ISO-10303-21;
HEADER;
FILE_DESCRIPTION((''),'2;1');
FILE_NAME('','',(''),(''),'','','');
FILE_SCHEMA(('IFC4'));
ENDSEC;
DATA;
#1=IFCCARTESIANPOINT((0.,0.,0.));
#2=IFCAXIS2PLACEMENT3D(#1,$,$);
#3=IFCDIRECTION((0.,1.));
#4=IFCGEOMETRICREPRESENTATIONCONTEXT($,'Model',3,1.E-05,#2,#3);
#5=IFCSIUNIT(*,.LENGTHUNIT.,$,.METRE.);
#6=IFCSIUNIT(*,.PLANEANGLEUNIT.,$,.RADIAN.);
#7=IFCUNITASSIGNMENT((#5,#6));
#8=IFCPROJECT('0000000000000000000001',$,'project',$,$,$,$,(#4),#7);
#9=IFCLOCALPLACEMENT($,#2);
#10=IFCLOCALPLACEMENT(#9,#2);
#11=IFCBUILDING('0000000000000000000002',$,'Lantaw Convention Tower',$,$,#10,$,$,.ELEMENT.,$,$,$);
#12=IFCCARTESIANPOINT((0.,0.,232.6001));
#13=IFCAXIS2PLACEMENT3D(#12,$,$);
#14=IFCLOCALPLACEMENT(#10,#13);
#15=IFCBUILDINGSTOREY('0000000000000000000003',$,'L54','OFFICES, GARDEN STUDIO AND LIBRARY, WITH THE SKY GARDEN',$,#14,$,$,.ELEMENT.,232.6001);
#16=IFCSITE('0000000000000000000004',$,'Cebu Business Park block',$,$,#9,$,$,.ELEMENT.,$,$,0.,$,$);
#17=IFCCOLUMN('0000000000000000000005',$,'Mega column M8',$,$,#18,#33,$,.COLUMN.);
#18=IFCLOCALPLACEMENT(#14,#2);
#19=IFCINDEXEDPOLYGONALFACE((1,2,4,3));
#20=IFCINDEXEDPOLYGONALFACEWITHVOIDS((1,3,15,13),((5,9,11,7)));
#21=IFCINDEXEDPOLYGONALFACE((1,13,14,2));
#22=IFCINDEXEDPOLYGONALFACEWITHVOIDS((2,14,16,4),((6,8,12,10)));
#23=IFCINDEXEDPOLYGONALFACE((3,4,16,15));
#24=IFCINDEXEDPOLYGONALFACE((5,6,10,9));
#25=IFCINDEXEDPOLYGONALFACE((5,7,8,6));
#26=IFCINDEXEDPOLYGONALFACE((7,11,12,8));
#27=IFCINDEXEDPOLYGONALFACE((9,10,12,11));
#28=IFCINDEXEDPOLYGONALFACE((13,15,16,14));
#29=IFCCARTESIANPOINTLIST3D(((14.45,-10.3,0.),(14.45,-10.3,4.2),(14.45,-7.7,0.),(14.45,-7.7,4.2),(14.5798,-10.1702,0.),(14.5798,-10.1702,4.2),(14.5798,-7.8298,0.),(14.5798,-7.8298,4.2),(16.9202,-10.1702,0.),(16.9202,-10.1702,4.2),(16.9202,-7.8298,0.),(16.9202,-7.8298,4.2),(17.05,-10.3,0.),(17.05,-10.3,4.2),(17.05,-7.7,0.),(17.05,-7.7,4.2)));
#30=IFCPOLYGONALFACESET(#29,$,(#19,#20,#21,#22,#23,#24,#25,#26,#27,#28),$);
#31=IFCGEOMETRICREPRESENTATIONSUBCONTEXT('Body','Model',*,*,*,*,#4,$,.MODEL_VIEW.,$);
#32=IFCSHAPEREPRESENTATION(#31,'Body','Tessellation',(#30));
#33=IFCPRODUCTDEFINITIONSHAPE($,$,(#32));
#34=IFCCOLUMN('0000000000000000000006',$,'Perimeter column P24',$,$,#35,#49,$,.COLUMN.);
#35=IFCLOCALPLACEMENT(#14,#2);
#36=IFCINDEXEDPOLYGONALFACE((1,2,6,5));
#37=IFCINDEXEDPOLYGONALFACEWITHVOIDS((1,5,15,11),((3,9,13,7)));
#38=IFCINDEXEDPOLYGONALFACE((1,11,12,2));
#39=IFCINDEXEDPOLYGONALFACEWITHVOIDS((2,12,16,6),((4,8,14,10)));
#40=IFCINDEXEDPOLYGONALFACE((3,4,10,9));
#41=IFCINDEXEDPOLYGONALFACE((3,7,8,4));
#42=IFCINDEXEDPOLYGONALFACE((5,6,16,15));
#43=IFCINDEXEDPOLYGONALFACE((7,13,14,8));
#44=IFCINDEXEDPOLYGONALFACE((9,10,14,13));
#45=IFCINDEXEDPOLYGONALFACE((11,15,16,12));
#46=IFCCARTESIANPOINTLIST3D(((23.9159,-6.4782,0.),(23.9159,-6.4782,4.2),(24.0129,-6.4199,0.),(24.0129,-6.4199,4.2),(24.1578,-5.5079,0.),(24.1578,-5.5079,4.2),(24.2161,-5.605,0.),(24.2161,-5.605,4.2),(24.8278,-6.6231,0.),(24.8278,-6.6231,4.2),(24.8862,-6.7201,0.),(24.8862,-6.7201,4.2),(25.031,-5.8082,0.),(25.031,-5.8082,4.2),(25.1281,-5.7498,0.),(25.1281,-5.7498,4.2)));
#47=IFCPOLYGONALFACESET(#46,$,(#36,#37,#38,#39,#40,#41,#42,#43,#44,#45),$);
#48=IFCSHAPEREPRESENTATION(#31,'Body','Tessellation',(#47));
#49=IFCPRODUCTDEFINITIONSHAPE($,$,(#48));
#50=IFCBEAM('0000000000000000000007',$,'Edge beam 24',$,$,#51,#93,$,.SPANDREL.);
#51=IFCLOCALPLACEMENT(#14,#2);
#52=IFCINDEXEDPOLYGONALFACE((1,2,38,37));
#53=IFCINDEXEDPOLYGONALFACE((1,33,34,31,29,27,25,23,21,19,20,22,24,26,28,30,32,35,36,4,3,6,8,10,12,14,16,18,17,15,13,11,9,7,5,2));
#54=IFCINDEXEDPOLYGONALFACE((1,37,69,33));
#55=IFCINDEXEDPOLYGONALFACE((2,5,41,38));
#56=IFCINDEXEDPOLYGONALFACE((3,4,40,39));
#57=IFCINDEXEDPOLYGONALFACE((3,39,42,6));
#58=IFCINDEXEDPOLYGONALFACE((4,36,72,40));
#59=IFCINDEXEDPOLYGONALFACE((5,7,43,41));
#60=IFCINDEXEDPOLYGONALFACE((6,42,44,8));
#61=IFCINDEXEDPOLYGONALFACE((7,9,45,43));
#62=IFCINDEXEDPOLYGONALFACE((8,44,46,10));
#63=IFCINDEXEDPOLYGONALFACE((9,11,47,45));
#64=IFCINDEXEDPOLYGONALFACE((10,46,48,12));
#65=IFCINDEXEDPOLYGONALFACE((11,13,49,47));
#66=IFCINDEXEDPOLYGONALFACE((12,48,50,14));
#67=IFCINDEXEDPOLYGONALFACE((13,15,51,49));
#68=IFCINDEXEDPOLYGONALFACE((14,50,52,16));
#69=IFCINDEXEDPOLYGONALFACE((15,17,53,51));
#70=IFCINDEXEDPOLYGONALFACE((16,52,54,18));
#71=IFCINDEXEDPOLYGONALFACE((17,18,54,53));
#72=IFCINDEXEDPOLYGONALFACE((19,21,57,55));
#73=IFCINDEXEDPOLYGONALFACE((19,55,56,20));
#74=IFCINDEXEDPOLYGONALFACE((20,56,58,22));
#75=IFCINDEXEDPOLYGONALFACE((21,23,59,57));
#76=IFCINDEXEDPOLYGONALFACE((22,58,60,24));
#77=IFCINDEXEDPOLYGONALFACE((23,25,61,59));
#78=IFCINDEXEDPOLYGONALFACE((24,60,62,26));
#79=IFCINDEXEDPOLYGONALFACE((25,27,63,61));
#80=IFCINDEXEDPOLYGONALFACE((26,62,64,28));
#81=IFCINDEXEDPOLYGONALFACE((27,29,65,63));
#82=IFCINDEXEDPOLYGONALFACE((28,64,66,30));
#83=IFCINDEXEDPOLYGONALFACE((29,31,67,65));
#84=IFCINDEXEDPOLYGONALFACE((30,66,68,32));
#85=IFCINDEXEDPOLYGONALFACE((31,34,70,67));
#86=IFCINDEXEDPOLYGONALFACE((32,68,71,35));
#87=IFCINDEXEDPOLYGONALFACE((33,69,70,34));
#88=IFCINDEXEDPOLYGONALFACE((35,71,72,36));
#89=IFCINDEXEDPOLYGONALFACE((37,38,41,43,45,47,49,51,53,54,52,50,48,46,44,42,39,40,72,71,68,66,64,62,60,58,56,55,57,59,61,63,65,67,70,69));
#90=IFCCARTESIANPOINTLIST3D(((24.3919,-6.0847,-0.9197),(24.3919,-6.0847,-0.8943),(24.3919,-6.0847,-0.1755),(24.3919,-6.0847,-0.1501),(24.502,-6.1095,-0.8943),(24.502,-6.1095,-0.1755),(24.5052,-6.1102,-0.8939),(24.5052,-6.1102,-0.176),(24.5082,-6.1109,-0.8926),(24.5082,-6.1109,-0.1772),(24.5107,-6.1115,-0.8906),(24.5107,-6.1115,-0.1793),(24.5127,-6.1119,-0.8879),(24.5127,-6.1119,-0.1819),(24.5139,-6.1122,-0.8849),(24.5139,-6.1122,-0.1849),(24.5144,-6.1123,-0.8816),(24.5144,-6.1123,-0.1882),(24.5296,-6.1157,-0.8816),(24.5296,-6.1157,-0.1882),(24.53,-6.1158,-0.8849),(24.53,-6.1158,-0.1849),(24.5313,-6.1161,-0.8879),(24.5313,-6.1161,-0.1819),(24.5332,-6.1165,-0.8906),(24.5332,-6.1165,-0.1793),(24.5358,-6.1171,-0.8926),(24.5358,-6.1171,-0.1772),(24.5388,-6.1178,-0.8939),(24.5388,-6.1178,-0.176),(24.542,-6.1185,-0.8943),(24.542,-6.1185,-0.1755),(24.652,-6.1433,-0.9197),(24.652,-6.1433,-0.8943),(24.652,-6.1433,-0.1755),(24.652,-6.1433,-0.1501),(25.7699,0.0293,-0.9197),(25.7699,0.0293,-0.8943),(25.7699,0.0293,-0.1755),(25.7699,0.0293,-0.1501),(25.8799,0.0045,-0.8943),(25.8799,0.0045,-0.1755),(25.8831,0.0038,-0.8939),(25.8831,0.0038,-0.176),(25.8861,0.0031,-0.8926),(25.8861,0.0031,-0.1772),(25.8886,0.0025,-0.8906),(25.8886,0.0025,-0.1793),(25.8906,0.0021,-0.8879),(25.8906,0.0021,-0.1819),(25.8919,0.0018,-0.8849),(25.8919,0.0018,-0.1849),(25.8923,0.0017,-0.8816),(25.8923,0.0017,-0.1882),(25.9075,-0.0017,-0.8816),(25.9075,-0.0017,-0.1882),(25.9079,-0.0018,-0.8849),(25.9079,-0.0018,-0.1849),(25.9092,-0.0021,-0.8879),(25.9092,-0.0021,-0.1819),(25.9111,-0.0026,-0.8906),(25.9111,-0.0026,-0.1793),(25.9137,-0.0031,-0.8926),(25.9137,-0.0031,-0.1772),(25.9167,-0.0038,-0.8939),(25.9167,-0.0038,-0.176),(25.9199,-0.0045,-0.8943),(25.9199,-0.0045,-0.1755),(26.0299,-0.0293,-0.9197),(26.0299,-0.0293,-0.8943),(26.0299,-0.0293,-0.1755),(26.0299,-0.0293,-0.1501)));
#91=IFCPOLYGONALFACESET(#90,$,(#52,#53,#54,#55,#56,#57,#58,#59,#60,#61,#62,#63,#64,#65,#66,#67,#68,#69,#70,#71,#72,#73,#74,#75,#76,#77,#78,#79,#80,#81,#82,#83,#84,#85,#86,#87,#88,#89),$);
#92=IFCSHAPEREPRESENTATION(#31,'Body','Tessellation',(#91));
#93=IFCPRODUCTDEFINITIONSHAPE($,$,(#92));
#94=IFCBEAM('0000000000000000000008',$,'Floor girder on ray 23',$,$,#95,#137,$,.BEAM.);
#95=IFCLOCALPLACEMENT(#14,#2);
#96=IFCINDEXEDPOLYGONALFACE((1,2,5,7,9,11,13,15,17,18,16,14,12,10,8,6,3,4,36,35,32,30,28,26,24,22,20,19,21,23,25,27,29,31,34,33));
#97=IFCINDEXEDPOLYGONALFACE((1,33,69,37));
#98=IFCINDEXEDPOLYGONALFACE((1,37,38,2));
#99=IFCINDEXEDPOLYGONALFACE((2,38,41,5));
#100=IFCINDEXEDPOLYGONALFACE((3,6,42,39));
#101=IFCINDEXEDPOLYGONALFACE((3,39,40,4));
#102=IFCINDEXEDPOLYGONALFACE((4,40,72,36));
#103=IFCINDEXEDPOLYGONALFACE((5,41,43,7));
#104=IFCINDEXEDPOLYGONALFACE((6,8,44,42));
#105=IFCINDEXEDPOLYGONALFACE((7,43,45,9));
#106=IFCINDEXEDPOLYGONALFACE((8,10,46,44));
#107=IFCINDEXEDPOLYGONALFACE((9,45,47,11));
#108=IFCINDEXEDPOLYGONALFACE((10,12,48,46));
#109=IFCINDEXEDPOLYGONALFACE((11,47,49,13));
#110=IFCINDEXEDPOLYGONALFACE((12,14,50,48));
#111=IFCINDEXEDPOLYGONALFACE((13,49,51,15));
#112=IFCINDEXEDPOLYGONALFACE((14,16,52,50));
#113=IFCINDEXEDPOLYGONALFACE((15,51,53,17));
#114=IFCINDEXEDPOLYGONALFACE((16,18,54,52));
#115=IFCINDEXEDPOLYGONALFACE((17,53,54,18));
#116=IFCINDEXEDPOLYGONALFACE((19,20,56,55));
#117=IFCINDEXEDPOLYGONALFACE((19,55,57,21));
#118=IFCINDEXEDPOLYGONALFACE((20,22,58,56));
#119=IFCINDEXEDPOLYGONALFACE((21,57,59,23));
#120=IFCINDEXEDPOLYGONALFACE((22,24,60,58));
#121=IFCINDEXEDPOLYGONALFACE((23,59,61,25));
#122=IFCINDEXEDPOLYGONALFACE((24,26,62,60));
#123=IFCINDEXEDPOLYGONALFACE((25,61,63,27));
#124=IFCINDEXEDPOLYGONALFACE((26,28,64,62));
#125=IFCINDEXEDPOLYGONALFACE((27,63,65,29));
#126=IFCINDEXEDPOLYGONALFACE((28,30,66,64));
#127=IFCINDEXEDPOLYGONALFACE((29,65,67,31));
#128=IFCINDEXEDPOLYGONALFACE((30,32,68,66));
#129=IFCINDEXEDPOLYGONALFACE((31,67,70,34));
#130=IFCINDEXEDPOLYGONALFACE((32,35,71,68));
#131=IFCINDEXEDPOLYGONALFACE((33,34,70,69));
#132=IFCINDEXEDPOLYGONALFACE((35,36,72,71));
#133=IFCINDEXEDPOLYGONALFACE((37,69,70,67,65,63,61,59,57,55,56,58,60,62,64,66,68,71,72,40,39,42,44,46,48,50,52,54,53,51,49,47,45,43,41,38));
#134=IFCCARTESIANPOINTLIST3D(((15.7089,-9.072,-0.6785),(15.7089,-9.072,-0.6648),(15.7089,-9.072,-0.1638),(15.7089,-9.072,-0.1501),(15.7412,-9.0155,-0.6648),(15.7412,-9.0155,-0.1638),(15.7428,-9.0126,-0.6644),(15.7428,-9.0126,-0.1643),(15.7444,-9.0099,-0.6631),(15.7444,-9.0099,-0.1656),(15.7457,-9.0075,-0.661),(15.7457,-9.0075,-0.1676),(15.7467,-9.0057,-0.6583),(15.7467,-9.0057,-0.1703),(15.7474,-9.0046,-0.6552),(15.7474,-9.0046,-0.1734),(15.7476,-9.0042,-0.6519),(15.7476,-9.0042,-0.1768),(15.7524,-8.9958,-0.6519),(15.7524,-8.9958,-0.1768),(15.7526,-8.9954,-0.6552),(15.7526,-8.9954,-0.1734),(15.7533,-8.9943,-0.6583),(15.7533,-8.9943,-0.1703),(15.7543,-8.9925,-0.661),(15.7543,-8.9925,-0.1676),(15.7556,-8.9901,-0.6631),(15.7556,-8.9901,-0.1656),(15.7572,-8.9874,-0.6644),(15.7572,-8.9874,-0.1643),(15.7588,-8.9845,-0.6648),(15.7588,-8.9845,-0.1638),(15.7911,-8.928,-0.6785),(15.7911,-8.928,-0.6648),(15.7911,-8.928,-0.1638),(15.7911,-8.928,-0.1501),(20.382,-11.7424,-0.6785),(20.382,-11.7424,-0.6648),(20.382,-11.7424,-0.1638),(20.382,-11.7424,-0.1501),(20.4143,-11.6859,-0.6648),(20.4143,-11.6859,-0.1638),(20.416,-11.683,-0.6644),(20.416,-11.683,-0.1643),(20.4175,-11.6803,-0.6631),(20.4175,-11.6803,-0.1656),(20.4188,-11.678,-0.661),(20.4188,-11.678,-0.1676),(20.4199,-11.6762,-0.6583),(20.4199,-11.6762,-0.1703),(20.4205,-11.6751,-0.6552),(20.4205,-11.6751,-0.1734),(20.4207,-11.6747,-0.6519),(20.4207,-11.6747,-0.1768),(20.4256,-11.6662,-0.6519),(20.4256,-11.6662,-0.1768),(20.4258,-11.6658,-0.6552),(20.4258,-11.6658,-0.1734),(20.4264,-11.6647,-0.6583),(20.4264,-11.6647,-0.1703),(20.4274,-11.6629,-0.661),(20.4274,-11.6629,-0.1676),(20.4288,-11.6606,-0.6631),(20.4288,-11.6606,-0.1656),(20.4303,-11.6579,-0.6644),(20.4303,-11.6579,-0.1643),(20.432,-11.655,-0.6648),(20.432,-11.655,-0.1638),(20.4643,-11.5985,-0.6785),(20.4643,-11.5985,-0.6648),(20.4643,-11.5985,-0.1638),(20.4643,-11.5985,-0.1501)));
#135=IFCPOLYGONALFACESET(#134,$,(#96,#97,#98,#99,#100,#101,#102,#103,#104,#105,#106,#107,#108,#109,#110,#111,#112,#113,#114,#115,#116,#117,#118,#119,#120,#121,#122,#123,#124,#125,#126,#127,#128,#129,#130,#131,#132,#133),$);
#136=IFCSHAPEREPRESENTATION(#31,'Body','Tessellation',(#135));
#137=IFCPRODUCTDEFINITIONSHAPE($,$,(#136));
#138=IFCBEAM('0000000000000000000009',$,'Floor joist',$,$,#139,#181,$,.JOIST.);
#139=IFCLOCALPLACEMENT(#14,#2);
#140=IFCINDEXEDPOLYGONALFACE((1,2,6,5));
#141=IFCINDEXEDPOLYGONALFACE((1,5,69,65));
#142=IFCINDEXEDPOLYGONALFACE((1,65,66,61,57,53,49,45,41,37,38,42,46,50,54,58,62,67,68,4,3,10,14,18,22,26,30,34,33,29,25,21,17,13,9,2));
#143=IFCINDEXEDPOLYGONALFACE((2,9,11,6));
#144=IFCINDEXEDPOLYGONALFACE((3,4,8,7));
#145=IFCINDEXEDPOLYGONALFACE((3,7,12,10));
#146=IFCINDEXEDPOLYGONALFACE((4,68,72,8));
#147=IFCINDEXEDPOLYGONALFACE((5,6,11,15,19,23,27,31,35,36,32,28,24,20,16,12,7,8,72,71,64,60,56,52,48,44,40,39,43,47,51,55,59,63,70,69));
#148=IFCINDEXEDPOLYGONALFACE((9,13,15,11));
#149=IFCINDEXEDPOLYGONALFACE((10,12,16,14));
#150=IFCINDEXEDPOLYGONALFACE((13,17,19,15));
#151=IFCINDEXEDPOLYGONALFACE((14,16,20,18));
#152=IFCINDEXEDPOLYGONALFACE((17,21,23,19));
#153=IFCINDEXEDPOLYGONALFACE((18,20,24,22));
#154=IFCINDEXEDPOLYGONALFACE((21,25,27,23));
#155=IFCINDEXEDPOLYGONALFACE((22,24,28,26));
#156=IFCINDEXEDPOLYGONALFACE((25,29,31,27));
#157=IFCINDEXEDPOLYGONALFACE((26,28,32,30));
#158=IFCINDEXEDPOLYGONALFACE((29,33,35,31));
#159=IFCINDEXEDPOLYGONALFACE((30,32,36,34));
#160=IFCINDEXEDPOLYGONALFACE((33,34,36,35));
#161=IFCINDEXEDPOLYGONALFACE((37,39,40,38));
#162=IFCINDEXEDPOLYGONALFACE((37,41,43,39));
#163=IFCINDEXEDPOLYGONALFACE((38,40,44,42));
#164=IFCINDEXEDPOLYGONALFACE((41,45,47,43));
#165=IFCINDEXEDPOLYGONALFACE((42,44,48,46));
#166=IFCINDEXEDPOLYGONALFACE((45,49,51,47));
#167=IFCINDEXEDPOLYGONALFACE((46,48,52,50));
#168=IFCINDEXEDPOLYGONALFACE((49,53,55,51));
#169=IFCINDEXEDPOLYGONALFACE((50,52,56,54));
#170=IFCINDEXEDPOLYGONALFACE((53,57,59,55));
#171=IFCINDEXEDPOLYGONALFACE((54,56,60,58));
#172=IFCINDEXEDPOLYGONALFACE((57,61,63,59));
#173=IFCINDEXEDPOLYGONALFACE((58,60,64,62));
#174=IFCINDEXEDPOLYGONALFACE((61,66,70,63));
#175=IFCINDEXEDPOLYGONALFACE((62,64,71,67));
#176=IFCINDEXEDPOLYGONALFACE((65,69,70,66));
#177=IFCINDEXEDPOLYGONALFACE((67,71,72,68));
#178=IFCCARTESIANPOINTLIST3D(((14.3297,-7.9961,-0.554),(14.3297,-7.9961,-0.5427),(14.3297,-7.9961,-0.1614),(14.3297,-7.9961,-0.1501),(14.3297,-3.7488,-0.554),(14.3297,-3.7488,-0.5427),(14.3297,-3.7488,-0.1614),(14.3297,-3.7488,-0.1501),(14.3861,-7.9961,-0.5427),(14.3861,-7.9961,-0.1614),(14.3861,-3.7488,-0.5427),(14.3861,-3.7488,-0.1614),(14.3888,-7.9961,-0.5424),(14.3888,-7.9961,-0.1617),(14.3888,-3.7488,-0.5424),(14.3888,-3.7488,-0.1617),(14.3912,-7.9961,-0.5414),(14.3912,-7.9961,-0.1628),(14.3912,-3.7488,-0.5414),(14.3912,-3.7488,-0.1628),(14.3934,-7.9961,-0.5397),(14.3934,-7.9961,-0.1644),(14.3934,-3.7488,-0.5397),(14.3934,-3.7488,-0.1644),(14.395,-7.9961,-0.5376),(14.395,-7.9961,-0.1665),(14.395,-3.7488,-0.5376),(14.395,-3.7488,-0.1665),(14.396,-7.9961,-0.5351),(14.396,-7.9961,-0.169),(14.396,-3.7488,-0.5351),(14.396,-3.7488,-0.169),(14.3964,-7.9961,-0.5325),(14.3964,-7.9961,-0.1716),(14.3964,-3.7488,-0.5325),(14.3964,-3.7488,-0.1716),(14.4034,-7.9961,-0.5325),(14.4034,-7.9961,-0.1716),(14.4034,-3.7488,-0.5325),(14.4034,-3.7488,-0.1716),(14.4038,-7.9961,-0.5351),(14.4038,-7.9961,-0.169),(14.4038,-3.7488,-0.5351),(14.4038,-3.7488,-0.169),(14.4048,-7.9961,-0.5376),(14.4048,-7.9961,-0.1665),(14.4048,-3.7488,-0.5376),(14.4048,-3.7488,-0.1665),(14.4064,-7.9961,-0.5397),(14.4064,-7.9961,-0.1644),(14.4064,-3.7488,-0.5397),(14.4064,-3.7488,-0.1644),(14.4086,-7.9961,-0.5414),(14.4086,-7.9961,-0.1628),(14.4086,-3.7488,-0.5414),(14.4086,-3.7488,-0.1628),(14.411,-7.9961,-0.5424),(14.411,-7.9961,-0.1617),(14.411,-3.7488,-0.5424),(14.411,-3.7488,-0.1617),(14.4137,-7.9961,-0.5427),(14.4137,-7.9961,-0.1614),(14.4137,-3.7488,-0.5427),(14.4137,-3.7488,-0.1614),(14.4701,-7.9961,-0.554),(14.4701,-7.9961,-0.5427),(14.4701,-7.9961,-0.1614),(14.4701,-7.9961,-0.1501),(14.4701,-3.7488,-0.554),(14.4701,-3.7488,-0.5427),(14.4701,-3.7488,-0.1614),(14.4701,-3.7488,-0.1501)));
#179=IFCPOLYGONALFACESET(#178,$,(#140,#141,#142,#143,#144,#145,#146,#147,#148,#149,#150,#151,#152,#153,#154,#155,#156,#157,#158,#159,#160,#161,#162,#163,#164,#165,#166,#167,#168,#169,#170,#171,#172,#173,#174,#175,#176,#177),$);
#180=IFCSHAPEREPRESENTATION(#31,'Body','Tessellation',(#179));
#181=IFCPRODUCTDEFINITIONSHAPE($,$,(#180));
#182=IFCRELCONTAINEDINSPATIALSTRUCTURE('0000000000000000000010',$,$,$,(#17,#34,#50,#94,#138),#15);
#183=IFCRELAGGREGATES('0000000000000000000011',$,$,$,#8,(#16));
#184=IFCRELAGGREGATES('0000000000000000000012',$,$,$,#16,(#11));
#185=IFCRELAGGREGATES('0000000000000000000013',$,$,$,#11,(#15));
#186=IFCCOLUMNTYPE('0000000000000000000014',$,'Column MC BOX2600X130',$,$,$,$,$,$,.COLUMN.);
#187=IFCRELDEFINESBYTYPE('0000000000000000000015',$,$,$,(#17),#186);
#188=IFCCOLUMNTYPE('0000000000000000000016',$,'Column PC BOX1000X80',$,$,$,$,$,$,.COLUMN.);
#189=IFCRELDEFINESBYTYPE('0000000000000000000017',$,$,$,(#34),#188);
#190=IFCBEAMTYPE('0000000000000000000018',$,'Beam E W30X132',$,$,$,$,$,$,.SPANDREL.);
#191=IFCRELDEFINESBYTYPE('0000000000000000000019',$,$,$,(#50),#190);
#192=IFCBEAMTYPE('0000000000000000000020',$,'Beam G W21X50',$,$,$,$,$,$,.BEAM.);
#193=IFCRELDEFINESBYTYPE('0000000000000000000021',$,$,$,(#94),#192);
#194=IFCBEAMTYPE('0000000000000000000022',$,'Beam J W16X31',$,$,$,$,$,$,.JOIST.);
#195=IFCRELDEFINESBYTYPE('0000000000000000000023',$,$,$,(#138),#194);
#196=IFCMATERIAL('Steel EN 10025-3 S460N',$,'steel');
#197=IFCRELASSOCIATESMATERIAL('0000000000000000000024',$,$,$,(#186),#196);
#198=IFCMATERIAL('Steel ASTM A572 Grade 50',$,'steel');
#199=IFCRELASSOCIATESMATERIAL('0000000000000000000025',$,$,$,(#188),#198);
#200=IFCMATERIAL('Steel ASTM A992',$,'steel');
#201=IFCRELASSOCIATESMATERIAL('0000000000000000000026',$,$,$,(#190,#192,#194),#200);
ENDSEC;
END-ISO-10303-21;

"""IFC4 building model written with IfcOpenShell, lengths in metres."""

from ifc_helpers import new_model, si_unit, direction, frame, origin, origin_2d, place, context, subcontext, project, spatial, rectangle, hollow_rectangle, i_section, extrude, material, material_profile, profile_set, type_object, element, save


model = new_model("IFC4")

# Units and contexts
model_context = context("Model", 3, precision=1e-05, world=origin(), true_north=direction((0.0, 1.0)))
body_context = subcontext(model_context, "Body", "Model", "MODEL_VIEW")
ifc_project = project(units=[si_unit("LENGTHUNIT", "METRE"), si_unit("PLANEANGLEUNIT", "RADIAN")], contexts=[model_context])

# Site, building, storey
site_placement = place(None, origin())
site = spatial("IfcSite", under=ifc_project, at=site_placement, Name="Cebu Business Park block", CompositionType="ELEMENT", RefElevation=0.0)
building_placement = place(site_placement, origin())
building = spatial("IfcBuilding", under=site, at=building_placement, Name="Lantaw Convention Tower", CompositionType="ELEMENT")
storey_placement = place(building_placement, frame((0.0, 0.0, 232.6001)))
storey = spatial("IfcBuildingStorey", under=building, at=storey_placement, Name="L54", Description="OFFICES, GARDEN STUDIO AND LIBRARY, WITH THE SKY GARDEN", CompositionType="ELEMENT", Elevation=232.6001)

# Columns
ifc_material_1 = material(Name="Steel EN 10025-3 S460N", Category="steel")
ifc_material_profile_1 = material_profile(ifc_material_1, hollow_rectangle(XDim=2.6001, YDim=2.6001, WallThickness=0.1299, at=origin_2d()), Name="BOX2600X130")
ifc_material_2 = material(Name="Concrete C60/75", Category="concrete")
ifc_material_profile_2 = material_profile(ifc_material_2, rectangle(XDim=2.3401, YDim=2.3401, at=origin_2d()), Name="Concrete fill of BOX2600X130")
ifc_profile_set_1 = profile_set([ifc_material_profile_1, ifc_material_profile_2], Name="Steel EN 10025-3 S460N")
column_type_1 = type_object("IfcColumnType", Name="Column MC BOX2600X130", PredefinedType="COLUMN", material=ifc_profile_set_1)
column_1_placement = place(storey_placement, frame((15.75, -9.0, 0.0), z_axis=(0.0, 0.0, 1.0), x_axis=(1.0, 0.0, 0.0)))
element("IfcColumn", 1, at=column_1_placement, inside=storey, type_object=column_type_1, Name="Mega column M8", PredefinedType="COLUMN", context=body_context, shape_type="SweptSolid", body=[
    extrude(hollow_rectangle(XDim=2.6001, YDim=2.6001, WallThickness=0.1299, at=origin_2d()), origin(), (0.0, 0.0, 1.0), 4.2),
])
ifc_material_3 = material(Name="Steel ASTM A572 Grade 50", Category="steel")
ifc_material_profile_3 = material_profile(ifc_material_3, hollow_rectangle(XDim=1.0, YDim=1.0, WallThickness=0.0801, at=origin_2d()), Name="BOX1000X80")
ifc_material_profile_4 = material_profile(ifc_material_2, rectangle(XDim=0.8401, YDim=0.8401, at=origin_2d()), Name="Concrete fill of BOX1000X80")
ifc_profile_set_2 = profile_set([ifc_material_profile_3, ifc_material_profile_4], Name="Steel ASTM A572 Grade 50")
column_type_2 = type_object("IfcColumnType", Name="Column PC BOX1000X80", PredefinedType="COLUMN", material=ifc_profile_set_2)
column_2_placement = place(storey_placement, frame((24.522, -6.114, 0.0), z_axis=(0.0, 0.0, 1.0), x_axis=(0.241922, 0.970296, 0.0)))
element("IfcColumn", 2, at=column_2_placement, inside=storey, type_object=column_type_2, Name="Perimeter column P24", PredefinedType="COLUMN", context=body_context, shape_type="SweptSolid", body=[
    extrude(hollow_rectangle(XDim=1.0, YDim=1.0, WallThickness=0.0801, at=origin_2d()), origin(), (0.0, 0.0, 1.0), 4.2),
])

# Beams
ifc_material_4 = material(Name="Steel ASTM A992", Category="steel")
ifc_material_profile_5 = material_profile(ifc_material_4, i_section(OverallWidth=0.2666, OverallDepth=0.7695, WebThickness=0.0156, FlangeThickness=0.0254, FilletRadius=0.0127, at=origin_2d()), Name="W30X132")
ifc_profile_set_3 = profile_set([ifc_material_profile_5], Name="Steel ASTM A992")
beam_type_1 = type_object("IfcBeamType", Name="Beam E W30X132", PredefinedType="SPANDREL", material=ifc_profile_set_3)
beam_1_placement = place(storey_placement, frame((24.522, -6.114, -0.5349), z_axis=(0.219858, 0.975532, 0.0), x_axis=(-0.975532, 0.219858, 0.0)))
element("IfcBeam", 3, at=beam_1_placement, inside=storey, type_object=beam_type_1, Name="Edge beam 24", PredefinedType="SPANDREL", context=body_context, shape_type="SweptSolid", body=[
    extrude(i_section(OverallWidth=0.2666, OverallDepth=0.7695, WebThickness=0.0156, FlangeThickness=0.0254, FilletRadius=0.0127, at=origin_2d()), origin(), (0.0, 0.0, 1.0), 6.2673),
])
ifc_material_profile_6 = material_profile(ifc_material_4, i_section(OverallWidth=0.1658, OverallDepth=0.5283, WebThickness=0.0098, FlangeThickness=0.0137, FilletRadius=0.0129, at=origin_2d()), Name="W21X50")
ifc_profile_set_4 = profile_set([ifc_material_profile_6], Name="Steel ASTM A992")
beam_type_2 = type_object("IfcBeamType", Name="Beam G W21X50", PredefinedType="BEAM", material=ifc_profile_set_4)
beam_2_placement = place(storey_placement, frame((15.75, -9.0, -0.4143), z_axis=(0.868238, -0.496149, 0.0), x_axis=(0.496149, 0.868238, 0.0)))
element("IfcBeam", 4, at=beam_2_placement, inside=storey, type_object=beam_type_2, Name="Floor girder on ray 23", PredefinedType="BEAM", context=body_context, shape_type="SweptSolid", body=[
    extrude(i_section(OverallWidth=0.1658, OverallDepth=0.5283, WebThickness=0.0098, FlangeThickness=0.0137, FilletRadius=0.0129, at=origin_2d()), origin(), (0.0, 0.0, 1.0), 5.3823),
])
ifc_material_profile_7 = material_profile(ifc_material_4, i_section(OverallWidth=0.1404, OverallDepth=0.4038, WebThickness=0.0071, FlangeThickness=0.0112, FilletRadius=0.0103, at=origin_2d()), Name="W16X31")
ifc_profile_set_5 = profile_set([ifc_material_profile_7], Name="Steel ASTM A992")
beam_type_3 = type_object("IfcBeamType", Name="Beam J W16X31", PredefinedType="JOIST", material=ifc_profile_set_5)
beam_3_placement = place(storey_placement, frame((14.3999, -7.9961, -0.3521), z_axis=(0.0, 1.0, 0.0), x_axis=(-1.0, 0.0, 0.0)))
element("IfcBeam", 5, at=beam_3_placement, inside=storey, type_object=beam_type_3, Name="Floor joist", PredefinedType="JOIST", context=body_context, shape_type="SweptSolid", body=[
    extrude(i_section(OverallWidth=0.1404, OverallDepth=0.4038, WebThickness=0.0071, FlangeThickness=0.0112, FilletRadius=0.0103, at=origin_2d()), origin(), (0.0, 0.0, 1.0), 4.2473),
])

save(model, "model.ifc")
